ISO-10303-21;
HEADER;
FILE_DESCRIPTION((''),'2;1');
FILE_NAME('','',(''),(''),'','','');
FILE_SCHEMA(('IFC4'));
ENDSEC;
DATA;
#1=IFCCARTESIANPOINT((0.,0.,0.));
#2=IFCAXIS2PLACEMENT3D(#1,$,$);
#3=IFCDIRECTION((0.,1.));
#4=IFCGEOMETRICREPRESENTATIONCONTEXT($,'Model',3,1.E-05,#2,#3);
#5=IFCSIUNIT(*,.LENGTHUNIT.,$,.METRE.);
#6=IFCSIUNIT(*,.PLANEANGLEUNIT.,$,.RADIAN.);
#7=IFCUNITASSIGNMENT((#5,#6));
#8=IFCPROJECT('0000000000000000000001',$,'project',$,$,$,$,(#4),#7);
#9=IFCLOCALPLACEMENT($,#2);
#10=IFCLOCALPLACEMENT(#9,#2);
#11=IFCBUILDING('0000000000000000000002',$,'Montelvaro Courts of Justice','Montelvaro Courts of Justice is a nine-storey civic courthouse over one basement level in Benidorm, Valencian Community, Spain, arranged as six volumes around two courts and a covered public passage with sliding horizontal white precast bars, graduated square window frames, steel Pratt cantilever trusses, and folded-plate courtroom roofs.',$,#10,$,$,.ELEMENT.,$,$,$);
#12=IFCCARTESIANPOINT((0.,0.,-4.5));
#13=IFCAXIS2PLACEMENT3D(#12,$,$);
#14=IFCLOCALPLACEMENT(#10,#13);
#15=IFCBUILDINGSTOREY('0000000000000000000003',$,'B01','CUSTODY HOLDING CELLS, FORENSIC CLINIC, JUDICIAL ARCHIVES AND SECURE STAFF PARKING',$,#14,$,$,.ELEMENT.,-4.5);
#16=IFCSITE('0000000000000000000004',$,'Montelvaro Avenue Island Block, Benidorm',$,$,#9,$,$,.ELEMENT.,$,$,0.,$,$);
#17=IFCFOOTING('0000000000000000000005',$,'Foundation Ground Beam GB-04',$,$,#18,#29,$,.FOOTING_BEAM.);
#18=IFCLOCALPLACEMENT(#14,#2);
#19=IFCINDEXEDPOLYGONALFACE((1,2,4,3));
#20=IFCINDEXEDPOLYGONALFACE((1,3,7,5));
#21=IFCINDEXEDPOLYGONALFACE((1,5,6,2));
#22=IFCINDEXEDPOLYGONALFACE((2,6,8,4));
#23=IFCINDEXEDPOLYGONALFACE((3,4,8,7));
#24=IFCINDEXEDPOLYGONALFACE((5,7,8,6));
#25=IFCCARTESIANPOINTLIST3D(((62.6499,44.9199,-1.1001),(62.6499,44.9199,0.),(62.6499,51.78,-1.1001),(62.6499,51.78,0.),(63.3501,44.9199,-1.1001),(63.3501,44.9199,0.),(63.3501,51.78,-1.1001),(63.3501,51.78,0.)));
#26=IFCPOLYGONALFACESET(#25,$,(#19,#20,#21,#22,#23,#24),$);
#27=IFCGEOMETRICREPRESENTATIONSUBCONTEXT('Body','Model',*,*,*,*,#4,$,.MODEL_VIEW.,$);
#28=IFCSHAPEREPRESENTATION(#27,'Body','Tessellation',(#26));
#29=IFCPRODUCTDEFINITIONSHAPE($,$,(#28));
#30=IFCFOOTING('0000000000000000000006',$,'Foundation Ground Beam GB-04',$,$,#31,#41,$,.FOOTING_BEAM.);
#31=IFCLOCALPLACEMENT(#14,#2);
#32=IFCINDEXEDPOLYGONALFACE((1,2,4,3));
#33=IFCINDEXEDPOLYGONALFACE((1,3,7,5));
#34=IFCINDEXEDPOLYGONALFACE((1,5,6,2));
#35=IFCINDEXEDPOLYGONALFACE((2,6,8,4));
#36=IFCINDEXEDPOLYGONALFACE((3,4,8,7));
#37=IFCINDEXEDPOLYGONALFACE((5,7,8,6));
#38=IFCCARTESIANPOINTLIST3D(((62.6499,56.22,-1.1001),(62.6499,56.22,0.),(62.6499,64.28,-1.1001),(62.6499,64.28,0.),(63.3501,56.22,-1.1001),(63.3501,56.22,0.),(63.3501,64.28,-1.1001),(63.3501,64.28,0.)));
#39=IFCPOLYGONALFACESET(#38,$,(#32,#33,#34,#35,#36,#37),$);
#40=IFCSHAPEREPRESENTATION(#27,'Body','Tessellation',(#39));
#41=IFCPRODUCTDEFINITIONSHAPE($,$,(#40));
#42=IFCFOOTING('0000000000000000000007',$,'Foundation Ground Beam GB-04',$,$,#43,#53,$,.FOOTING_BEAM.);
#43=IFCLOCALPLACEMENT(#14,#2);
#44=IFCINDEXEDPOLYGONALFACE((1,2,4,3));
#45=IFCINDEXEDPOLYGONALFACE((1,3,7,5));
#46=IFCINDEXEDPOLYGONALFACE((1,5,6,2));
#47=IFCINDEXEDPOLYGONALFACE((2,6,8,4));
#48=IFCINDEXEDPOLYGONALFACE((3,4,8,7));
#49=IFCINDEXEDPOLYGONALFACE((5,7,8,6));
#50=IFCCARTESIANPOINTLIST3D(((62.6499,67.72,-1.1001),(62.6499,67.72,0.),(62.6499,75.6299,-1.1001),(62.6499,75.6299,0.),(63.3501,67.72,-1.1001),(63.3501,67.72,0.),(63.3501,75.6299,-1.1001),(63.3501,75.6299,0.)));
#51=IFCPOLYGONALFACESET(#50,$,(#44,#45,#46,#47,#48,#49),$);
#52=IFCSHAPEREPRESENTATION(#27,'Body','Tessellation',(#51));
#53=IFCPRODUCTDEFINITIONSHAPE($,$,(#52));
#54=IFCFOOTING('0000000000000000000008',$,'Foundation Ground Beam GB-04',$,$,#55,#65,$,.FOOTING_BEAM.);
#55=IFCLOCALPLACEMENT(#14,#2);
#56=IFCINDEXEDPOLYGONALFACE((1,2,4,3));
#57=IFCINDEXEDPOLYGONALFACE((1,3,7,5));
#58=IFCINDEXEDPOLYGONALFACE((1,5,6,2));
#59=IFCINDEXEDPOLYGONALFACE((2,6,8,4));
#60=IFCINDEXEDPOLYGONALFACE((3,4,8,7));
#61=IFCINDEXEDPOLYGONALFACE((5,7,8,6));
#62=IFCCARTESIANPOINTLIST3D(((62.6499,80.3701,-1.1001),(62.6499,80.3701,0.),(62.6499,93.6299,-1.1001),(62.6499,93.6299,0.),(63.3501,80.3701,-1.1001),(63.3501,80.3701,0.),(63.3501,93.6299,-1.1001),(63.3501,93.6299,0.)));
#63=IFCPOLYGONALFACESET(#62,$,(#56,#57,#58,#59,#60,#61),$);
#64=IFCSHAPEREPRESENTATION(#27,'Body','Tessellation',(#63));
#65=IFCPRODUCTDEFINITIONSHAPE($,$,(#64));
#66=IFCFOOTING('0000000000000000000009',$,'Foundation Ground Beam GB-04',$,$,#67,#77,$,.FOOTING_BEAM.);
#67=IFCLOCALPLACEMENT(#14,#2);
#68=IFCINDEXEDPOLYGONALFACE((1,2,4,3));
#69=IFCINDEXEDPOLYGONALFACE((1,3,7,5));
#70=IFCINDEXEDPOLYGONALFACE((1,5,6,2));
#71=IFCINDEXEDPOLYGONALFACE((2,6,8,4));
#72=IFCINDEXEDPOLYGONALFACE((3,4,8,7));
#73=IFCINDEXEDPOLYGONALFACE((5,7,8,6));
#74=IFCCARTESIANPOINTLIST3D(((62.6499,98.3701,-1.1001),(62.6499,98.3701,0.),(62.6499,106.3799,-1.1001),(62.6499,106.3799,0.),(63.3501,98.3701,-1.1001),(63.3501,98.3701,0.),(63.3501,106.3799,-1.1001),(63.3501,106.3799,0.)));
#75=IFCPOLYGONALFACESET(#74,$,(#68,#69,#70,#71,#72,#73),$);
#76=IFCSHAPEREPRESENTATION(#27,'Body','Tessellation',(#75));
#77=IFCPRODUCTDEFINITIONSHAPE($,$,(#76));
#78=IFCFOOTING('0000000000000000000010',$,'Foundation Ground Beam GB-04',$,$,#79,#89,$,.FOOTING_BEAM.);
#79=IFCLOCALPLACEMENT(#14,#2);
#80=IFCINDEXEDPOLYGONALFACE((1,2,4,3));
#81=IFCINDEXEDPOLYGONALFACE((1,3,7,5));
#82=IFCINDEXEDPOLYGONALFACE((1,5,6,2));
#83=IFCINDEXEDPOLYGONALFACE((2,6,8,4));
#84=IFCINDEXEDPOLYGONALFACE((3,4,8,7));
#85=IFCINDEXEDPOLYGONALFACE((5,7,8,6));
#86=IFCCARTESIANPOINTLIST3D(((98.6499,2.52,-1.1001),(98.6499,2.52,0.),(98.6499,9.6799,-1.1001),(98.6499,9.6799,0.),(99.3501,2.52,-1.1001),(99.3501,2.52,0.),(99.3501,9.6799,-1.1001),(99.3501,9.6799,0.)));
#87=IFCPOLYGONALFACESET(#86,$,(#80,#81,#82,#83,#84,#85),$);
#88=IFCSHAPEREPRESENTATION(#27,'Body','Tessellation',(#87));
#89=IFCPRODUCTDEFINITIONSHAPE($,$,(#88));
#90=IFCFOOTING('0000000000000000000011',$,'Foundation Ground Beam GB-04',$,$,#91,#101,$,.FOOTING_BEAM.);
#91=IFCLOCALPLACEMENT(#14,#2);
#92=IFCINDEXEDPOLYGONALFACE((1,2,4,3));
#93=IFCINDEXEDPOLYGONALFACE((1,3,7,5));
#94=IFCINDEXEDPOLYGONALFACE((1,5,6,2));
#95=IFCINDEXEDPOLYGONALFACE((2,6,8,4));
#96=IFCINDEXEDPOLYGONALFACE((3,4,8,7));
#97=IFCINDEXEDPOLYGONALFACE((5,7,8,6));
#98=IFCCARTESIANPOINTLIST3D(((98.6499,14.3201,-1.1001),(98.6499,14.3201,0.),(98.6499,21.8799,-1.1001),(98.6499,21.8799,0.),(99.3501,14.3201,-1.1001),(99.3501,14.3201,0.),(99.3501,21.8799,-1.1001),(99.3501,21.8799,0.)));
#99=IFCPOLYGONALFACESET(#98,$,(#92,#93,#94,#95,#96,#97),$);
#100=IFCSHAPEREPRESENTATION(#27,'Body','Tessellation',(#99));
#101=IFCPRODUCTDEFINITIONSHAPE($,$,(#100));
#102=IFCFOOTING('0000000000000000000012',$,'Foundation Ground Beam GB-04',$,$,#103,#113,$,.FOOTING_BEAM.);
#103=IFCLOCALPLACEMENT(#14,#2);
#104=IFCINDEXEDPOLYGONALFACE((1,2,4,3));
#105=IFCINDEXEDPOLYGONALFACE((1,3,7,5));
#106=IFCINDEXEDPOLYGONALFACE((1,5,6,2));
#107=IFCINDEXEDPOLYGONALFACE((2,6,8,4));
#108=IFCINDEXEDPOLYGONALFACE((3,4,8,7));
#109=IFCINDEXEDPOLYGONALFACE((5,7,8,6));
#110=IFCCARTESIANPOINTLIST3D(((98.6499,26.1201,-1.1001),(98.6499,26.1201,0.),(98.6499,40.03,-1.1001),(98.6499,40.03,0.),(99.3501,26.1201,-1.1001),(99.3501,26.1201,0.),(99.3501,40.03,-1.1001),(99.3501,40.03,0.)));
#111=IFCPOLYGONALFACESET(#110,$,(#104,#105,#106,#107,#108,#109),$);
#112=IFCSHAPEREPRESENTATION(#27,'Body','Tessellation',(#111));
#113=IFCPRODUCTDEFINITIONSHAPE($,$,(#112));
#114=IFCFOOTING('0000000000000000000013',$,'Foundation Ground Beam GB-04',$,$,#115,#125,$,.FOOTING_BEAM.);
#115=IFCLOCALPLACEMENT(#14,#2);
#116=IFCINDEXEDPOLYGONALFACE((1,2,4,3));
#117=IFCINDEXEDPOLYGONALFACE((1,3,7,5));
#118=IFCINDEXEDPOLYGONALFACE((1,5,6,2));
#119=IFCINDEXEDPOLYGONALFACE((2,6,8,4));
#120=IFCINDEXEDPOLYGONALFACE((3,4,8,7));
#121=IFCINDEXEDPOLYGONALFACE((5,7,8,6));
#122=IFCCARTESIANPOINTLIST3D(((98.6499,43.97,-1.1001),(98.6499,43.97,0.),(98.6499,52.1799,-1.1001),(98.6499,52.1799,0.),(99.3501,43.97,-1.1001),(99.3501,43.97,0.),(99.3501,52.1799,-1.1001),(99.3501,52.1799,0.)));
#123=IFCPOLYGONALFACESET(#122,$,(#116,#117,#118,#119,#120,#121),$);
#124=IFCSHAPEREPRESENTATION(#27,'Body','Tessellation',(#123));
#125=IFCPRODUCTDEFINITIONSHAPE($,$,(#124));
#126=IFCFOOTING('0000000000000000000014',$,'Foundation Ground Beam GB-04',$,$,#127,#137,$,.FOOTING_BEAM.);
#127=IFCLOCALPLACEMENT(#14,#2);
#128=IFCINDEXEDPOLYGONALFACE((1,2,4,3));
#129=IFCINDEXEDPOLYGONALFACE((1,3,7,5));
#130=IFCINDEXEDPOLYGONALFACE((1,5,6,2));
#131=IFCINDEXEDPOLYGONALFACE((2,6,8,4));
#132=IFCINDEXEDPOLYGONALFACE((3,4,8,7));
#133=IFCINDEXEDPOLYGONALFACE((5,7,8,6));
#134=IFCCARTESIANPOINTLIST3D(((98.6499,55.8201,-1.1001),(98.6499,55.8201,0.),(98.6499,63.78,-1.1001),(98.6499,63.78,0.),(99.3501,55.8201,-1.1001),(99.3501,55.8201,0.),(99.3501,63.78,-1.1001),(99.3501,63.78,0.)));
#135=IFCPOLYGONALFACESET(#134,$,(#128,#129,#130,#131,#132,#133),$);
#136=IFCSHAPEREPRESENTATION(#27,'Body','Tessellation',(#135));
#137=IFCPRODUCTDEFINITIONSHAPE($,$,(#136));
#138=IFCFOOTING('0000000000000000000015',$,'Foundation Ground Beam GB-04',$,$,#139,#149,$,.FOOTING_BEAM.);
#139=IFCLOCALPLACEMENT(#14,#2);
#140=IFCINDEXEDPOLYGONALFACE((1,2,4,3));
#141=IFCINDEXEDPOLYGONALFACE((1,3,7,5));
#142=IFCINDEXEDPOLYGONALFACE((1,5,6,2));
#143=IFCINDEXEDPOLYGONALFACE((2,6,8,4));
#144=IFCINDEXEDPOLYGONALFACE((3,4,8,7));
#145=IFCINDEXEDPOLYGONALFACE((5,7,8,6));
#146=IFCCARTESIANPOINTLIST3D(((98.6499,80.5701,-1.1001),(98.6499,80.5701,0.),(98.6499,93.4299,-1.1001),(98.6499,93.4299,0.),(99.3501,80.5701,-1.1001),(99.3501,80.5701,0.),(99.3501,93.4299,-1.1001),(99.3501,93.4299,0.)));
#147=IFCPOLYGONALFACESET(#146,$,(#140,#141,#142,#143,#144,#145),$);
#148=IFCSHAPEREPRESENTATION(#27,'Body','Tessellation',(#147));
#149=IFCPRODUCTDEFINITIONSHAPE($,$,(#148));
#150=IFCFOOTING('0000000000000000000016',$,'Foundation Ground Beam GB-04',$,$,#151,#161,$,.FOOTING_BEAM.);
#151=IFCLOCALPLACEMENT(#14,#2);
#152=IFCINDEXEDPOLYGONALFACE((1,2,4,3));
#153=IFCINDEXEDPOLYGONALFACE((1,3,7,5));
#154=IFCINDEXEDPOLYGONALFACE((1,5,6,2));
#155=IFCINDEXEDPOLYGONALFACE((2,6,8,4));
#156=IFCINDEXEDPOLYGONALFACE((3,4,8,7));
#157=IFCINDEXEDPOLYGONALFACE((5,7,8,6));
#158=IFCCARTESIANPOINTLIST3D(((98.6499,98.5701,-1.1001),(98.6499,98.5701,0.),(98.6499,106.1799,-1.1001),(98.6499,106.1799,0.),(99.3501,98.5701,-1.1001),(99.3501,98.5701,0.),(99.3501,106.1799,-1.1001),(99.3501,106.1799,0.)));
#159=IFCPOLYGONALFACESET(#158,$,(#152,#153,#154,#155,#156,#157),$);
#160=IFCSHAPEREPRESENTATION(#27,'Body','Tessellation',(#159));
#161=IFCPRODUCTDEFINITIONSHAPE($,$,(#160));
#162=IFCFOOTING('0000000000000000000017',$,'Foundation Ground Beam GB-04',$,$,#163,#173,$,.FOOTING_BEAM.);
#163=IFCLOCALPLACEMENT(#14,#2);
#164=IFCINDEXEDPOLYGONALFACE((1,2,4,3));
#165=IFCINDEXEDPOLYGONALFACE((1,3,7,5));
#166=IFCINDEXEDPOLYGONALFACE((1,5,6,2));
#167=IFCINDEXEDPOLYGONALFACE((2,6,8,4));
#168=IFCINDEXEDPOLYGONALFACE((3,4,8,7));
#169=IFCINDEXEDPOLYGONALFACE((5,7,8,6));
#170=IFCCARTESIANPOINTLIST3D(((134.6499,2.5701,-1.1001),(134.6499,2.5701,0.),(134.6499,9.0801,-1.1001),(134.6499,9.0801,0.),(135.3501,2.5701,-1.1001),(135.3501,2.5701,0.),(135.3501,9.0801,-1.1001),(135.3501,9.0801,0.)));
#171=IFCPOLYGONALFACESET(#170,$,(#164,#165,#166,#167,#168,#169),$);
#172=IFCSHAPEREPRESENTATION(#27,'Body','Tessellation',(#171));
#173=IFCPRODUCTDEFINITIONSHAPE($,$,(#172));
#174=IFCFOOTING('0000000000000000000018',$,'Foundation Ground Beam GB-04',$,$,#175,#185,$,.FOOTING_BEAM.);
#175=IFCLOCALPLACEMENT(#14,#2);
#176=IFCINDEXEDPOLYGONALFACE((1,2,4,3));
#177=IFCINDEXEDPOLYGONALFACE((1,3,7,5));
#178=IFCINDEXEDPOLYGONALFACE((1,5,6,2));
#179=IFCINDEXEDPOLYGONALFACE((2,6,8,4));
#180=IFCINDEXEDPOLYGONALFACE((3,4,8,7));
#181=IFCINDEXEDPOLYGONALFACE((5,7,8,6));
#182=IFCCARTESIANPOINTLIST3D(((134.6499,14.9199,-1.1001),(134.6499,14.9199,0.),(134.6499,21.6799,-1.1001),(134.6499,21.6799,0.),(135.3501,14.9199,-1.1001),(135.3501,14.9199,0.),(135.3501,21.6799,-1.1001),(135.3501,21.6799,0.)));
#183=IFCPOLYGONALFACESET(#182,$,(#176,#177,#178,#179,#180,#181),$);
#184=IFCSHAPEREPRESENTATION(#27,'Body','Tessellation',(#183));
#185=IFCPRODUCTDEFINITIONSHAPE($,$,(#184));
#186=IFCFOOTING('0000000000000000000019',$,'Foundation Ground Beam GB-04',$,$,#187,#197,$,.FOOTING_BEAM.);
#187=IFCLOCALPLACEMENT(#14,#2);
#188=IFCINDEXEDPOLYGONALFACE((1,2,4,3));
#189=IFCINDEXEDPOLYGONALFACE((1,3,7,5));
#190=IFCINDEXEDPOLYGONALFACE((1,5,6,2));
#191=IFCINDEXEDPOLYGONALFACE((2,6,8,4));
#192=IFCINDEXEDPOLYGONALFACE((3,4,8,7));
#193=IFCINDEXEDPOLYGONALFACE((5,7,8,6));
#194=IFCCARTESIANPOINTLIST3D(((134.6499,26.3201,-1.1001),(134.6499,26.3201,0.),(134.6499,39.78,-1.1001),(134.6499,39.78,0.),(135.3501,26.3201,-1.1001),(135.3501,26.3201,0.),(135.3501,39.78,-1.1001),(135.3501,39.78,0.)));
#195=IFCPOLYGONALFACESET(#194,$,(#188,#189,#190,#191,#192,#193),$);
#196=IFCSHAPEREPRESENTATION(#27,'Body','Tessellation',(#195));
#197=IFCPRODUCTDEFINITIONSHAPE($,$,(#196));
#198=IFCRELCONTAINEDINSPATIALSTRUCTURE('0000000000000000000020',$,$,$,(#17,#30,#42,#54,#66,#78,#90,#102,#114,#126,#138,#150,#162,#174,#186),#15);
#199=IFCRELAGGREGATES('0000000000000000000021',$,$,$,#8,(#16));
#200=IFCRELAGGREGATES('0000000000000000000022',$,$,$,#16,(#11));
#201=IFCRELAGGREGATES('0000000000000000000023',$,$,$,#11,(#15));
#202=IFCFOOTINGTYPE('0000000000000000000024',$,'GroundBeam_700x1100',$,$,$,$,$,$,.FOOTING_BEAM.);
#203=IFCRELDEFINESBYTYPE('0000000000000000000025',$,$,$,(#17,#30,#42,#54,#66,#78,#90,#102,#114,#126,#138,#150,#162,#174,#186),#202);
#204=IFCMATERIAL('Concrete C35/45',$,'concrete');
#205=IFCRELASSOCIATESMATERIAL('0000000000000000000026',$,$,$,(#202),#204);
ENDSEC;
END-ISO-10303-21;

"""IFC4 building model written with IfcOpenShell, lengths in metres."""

from ifc_helpers import new_model, si_unit, direction, frame, origin, place, context, subcontext, project, spatial, polyline, outline, extrude, material, type_object, element, save


model = new_model("IFC4")

# Units and contexts
model_context = context("Model", 3, precision=1e-05, world=origin(), true_north=direction((0.0, 1.0)))
body_context = subcontext(model_context, "Body", "Model", "MODEL_VIEW")
ifc_project = project(units=[si_unit("LENGTHUNIT", "METRE"), si_unit("PLANEANGLEUNIT", "RADIAN")], contexts=[model_context])

# Site, building, storey
site_placement = place(None, origin())
site = spatial("IfcSite", under=ifc_project, at=site_placement, Name="Montelvaro Avenue Island Block, Benidorm", CompositionType="ELEMENT", RefElevation=0.0)
building_placement = place(site_placement, origin())
building = spatial("IfcBuilding", under=site, at=building_placement, Name="Montelvaro Courts of Justice", Description="Montelvaro Courts of Justice is a nine-storey civic courthouse over one basement level in Benidorm, Valencian Community, Spain, arranged as six volumes around two courts and a covered public passage with sliding horizontal white precast bars, graduated square window frames, steel Pratt cantilever trusses, and folded-plate courtroom roofs.", CompositionType="ELEMENT")
storey_placement = place(building_placement, frame((0.0, 0.0, -4.5)))
storey = spatial("IfcBuildingStorey", under=building, at=storey_placement, Name="B01", Description="CUSTODY HOLDING CELLS, FORENSIC CLINIC, JUDICIAL ARCHIVES AND SECURE STAFF PARKING", CompositionType="ELEMENT", Elevation=-4.5)

# Footings
ifc_material = material(Name="Concrete C35/45", Category="concrete")
footing_type_1 = type_object("IfcFootingType", Name="GroundBeam_700x1100", PredefinedType="FOOTING_BEAM", material=ifc_material)
footing_1_placement = place(storey_placement, frame((0.0, 0.0, -1.1001)))
element("IfcFooting", 1, at=footing_1_placement, inside=storey, type_object=footing_type_1, Name="Foundation Ground Beam GB-04", PredefinedType="FOOTING_BEAM", context=body_context, shape_type="SweptSolid", body=[
    extrude(outline(polyline([(62.6499, 44.9199), (63.3501, 44.9199), (63.3501, 51.78), (62.6499, 51.78), (62.6499, 44.9199)])), origin(), (0.0, 0.0, 1.0), 1.1001),
])
footing_2_placement = place(storey_placement, frame((0.0, 0.0, -1.1001)))
element("IfcFooting", 2, at=footing_2_placement, inside=storey, type_object=footing_type_1, Name="Foundation Ground Beam GB-04", PredefinedType="FOOTING_BEAM", context=body_context, shape_type="SweptSolid", body=[
    extrude(outline(polyline([(62.6499, 56.22), (63.3501, 56.22), (63.3501, 64.28), (62.6499, 64.28), (62.6499, 56.22)])), origin(), (0.0, 0.0, 1.0), 1.1001),
])
footing_3_placement = place(storey_placement, frame((0.0, 0.0, -1.1001)))
element("IfcFooting", 3, at=footing_3_placement, inside=storey, type_object=footing_type_1, Name="Foundation Ground Beam GB-04", PredefinedType="FOOTING_BEAM", context=body_context, shape_type="SweptSolid", body=[
    extrude(outline(polyline([(62.6499, 67.72), (63.3501, 67.72), (63.3501, 75.6299), (62.6499, 75.6299), (62.6499, 67.72)])), origin(), (0.0, 0.0, 1.0), 1.1001),
])
footing_4_placement = place(storey_placement, frame((0.0, 0.0, -1.1001)))
element("IfcFooting", 4, at=footing_4_placement, inside=storey, type_object=footing_type_1, Name="Foundation Ground Beam GB-04", PredefinedType="FOOTING_BEAM", context=body_context, shape_type="SweptSolid", body=[
    extrude(outline(polyline([(62.6499, 80.3701), (63.3501, 80.3701), (63.3501, 93.6299), (62.6499, 93.6299), (62.6499, 80.3701)])), origin(), (0.0, 0.0, 1.0), 1.1001),
])
footing_5_placement = place(storey_placement, frame((0.0, 0.0, -1.1001)))
element("IfcFooting", 5, at=footing_5_placement, inside=storey, type_object=footing_type_1, Name="Foundation Ground Beam GB-04", PredefinedType="FOOTING_BEAM", context=body_context, shape_type="SweptSolid", body=[
    extrude(outline(polyline([(62.6499, 98.3701), (63.3501, 98.3701), (63.3501, 106.3799), (62.6499, 106.3799), (62.6499, 98.3701)])), origin(), (0.0, 0.0, 1.0), 1.1001),
])
footing_6_placement = place(storey_placement, frame((0.0, 0.0, -1.1001)))
element("IfcFooting", 6, at=footing_6_placement, inside=storey, type_object=footing_type_1, Name="Foundation Ground Beam GB-04", PredefinedType="FOOTING_BEAM", context=body_context, shape_type="SweptSolid", body=[
    extrude(outline(polyline([(98.6499, 2.52), (99.3501, 2.52), (99.3501, 9.6799), (98.6499, 9.6799), (98.6499, 2.52)])), origin(), (0.0, 0.0, 1.0), 1.1001),
])
footing_7_placement = place(storey_placement, frame((0.0, 0.0, -1.1001)))
element("IfcFooting", 7, at=footing_7_placement, inside=storey, type_object=footing_type_1, Name="Foundation Ground Beam GB-04", PredefinedType="FOOTING_BEAM", context=body_context, shape_type="SweptSolid", body=[
    extrude(outline(polyline([(98.6499, 14.3201), (99.3501, 14.3201), (99.3501, 21.8799), (98.6499, 21.8799), (98.6499, 14.3201)])), origin(), (0.0, 0.0, 1.0), 1.1001),
])
footing_8_placement = place(storey_placement, frame((0.0, 0.0, -1.1001)))
element("IfcFooting", 8, at=footing_8_placement, inside=storey, type_object=footing_type_1, Name="Foundation Ground Beam GB-04", PredefinedType="FOOTING_BEAM", context=body_context, shape_type="SweptSolid", body=[
    extrude(outline(polyline([(98.6499, 26.1201), (99.3501, 26.1201), (99.3501, 40.03), (98.6499, 40.03), (98.6499, 26.1201)])), origin(), (0.0, 0.0, 1.0), 1.1001),
])
footing_9_placement = place(storey_placement, frame((0.0, 0.0, -1.1001)))
element("IfcFooting", 9, at=footing_9_placement, inside=storey, type_object=footing_type_1, Name="Foundation Ground Beam GB-04", PredefinedType="FOOTING_BEAM", context=body_context, shape_type="SweptSolid", body=[
    extrude(outline(polyline([(98.6499, 43.97), (99.3501, 43.97), (99.3501, 52.1799), (98.6499, 52.1799), (98.6499, 43.97)])), origin(), (0.0, 0.0, 1.0), 1.1001),
])
footing_10_placement = place(storey_placement, frame((0.0, 0.0, -1.1001)))
element("IfcFooting", 10, at=footing_10_placement, inside=storey, type_object=footing_type_1, Name="Foundation Ground Beam GB-04", PredefinedType="FOOTING_BEAM", context=body_context, shape_type="SweptSolid", body=[
    extrude(outline(polyline([(98.6499, 55.8201), (99.3501, 55.8201), (99.3501, 63.78), (98.6499, 63.78), (98.6499, 55.8201)])), origin(), (0.0, 0.0, 1.0), 1.1001),
])
footing_11_placement = place(storey_placement, frame((0.0, 0.0, -1.1001)))
element("IfcFooting", 11, at=footing_11_placement, inside=storey, type_object=footing_type_1, Name="Foundation Ground Beam GB-04", PredefinedType="FOOTING_BEAM", context=body_context, shape_type="SweptSolid", body=[
    extrude(outline(polyline([(98.6499, 80.5701), (99.3501, 80.5701), (99.3501, 93.4299), (98.6499, 93.4299), (98.6499, 80.5701)])), origin(), (0.0, 0.0, 1.0), 1.1001),
])
footing_12_placement = place(storey_placement, frame((0.0, 0.0, -1.1001)))
element("IfcFooting", 12, at=footing_12_placement, inside=storey, type_object=footing_type_1, Name="Foundation Ground Beam GB-04", PredefinedType="FOOTING_BEAM", context=body_context, shape_type="SweptSolid", body=[
    extrude(outline(polyline([(98.6499, 98.5701), (99.3501, 98.5701), (99.3501, 106.1799), (98.6499, 106.1799), (98.6499, 98.5701)])), origin(), (0.0, 0.0, 1.0), 1.1001),
])
footing_13_placement = place(storey_placement, frame((0.0, 0.0, -1.1001)))
element("IfcFooting", 13, at=footing_13_placement, inside=storey, type_object=footing_type_1, Name="Foundation Ground Beam GB-04", PredefinedType="FOOTING_BEAM", context=body_context, shape_type="SweptSolid", body=[
    extrude(outline(polyline([(134.6499, 2.5701), (135.3501, 2.5701), (135.3501, 9.0801), (134.6499, 9.0801), (134.6499, 2.5701)])), origin(), (0.0, 0.0, 1.0), 1.1001),
])
footing_14_placement = place(storey_placement, frame((0.0, 0.0, -1.1001)))
element("IfcFooting", 14, at=footing_14_placement, inside=storey, type_object=footing_type_1, Name="Foundation Ground Beam GB-04", PredefinedType="FOOTING_BEAM", context=body_context, shape_type="SweptSolid", body=[
    extrude(outline(polyline([(134.6499, 14.9199), (135.3501, 14.9199), (135.3501, 21.6799), (134.6499, 21.6799), (134.6499, 14.9199)])), origin(), (0.0, 0.0, 1.0), 1.1001),
])
footing_15_placement = place(storey_placement, frame((0.0, 0.0, -1.1001)))
element("IfcFooting", 15, at=footing_15_placement, inside=storey, type_object=footing_type_1, Name="Foundation Ground Beam GB-04", PredefinedType="FOOTING_BEAM", context=body_context, shape_type="SweptSolid", body=[
    extrude(outline(polyline([(134.6499, 26.3201), (135.3501, 26.3201), (135.3501, 39.78), (134.6499, 39.78), (134.6499, 26.3201)])), origin(), (0.0, 0.0, 1.0), 1.1001),
])

save(model, "model.ifc")
